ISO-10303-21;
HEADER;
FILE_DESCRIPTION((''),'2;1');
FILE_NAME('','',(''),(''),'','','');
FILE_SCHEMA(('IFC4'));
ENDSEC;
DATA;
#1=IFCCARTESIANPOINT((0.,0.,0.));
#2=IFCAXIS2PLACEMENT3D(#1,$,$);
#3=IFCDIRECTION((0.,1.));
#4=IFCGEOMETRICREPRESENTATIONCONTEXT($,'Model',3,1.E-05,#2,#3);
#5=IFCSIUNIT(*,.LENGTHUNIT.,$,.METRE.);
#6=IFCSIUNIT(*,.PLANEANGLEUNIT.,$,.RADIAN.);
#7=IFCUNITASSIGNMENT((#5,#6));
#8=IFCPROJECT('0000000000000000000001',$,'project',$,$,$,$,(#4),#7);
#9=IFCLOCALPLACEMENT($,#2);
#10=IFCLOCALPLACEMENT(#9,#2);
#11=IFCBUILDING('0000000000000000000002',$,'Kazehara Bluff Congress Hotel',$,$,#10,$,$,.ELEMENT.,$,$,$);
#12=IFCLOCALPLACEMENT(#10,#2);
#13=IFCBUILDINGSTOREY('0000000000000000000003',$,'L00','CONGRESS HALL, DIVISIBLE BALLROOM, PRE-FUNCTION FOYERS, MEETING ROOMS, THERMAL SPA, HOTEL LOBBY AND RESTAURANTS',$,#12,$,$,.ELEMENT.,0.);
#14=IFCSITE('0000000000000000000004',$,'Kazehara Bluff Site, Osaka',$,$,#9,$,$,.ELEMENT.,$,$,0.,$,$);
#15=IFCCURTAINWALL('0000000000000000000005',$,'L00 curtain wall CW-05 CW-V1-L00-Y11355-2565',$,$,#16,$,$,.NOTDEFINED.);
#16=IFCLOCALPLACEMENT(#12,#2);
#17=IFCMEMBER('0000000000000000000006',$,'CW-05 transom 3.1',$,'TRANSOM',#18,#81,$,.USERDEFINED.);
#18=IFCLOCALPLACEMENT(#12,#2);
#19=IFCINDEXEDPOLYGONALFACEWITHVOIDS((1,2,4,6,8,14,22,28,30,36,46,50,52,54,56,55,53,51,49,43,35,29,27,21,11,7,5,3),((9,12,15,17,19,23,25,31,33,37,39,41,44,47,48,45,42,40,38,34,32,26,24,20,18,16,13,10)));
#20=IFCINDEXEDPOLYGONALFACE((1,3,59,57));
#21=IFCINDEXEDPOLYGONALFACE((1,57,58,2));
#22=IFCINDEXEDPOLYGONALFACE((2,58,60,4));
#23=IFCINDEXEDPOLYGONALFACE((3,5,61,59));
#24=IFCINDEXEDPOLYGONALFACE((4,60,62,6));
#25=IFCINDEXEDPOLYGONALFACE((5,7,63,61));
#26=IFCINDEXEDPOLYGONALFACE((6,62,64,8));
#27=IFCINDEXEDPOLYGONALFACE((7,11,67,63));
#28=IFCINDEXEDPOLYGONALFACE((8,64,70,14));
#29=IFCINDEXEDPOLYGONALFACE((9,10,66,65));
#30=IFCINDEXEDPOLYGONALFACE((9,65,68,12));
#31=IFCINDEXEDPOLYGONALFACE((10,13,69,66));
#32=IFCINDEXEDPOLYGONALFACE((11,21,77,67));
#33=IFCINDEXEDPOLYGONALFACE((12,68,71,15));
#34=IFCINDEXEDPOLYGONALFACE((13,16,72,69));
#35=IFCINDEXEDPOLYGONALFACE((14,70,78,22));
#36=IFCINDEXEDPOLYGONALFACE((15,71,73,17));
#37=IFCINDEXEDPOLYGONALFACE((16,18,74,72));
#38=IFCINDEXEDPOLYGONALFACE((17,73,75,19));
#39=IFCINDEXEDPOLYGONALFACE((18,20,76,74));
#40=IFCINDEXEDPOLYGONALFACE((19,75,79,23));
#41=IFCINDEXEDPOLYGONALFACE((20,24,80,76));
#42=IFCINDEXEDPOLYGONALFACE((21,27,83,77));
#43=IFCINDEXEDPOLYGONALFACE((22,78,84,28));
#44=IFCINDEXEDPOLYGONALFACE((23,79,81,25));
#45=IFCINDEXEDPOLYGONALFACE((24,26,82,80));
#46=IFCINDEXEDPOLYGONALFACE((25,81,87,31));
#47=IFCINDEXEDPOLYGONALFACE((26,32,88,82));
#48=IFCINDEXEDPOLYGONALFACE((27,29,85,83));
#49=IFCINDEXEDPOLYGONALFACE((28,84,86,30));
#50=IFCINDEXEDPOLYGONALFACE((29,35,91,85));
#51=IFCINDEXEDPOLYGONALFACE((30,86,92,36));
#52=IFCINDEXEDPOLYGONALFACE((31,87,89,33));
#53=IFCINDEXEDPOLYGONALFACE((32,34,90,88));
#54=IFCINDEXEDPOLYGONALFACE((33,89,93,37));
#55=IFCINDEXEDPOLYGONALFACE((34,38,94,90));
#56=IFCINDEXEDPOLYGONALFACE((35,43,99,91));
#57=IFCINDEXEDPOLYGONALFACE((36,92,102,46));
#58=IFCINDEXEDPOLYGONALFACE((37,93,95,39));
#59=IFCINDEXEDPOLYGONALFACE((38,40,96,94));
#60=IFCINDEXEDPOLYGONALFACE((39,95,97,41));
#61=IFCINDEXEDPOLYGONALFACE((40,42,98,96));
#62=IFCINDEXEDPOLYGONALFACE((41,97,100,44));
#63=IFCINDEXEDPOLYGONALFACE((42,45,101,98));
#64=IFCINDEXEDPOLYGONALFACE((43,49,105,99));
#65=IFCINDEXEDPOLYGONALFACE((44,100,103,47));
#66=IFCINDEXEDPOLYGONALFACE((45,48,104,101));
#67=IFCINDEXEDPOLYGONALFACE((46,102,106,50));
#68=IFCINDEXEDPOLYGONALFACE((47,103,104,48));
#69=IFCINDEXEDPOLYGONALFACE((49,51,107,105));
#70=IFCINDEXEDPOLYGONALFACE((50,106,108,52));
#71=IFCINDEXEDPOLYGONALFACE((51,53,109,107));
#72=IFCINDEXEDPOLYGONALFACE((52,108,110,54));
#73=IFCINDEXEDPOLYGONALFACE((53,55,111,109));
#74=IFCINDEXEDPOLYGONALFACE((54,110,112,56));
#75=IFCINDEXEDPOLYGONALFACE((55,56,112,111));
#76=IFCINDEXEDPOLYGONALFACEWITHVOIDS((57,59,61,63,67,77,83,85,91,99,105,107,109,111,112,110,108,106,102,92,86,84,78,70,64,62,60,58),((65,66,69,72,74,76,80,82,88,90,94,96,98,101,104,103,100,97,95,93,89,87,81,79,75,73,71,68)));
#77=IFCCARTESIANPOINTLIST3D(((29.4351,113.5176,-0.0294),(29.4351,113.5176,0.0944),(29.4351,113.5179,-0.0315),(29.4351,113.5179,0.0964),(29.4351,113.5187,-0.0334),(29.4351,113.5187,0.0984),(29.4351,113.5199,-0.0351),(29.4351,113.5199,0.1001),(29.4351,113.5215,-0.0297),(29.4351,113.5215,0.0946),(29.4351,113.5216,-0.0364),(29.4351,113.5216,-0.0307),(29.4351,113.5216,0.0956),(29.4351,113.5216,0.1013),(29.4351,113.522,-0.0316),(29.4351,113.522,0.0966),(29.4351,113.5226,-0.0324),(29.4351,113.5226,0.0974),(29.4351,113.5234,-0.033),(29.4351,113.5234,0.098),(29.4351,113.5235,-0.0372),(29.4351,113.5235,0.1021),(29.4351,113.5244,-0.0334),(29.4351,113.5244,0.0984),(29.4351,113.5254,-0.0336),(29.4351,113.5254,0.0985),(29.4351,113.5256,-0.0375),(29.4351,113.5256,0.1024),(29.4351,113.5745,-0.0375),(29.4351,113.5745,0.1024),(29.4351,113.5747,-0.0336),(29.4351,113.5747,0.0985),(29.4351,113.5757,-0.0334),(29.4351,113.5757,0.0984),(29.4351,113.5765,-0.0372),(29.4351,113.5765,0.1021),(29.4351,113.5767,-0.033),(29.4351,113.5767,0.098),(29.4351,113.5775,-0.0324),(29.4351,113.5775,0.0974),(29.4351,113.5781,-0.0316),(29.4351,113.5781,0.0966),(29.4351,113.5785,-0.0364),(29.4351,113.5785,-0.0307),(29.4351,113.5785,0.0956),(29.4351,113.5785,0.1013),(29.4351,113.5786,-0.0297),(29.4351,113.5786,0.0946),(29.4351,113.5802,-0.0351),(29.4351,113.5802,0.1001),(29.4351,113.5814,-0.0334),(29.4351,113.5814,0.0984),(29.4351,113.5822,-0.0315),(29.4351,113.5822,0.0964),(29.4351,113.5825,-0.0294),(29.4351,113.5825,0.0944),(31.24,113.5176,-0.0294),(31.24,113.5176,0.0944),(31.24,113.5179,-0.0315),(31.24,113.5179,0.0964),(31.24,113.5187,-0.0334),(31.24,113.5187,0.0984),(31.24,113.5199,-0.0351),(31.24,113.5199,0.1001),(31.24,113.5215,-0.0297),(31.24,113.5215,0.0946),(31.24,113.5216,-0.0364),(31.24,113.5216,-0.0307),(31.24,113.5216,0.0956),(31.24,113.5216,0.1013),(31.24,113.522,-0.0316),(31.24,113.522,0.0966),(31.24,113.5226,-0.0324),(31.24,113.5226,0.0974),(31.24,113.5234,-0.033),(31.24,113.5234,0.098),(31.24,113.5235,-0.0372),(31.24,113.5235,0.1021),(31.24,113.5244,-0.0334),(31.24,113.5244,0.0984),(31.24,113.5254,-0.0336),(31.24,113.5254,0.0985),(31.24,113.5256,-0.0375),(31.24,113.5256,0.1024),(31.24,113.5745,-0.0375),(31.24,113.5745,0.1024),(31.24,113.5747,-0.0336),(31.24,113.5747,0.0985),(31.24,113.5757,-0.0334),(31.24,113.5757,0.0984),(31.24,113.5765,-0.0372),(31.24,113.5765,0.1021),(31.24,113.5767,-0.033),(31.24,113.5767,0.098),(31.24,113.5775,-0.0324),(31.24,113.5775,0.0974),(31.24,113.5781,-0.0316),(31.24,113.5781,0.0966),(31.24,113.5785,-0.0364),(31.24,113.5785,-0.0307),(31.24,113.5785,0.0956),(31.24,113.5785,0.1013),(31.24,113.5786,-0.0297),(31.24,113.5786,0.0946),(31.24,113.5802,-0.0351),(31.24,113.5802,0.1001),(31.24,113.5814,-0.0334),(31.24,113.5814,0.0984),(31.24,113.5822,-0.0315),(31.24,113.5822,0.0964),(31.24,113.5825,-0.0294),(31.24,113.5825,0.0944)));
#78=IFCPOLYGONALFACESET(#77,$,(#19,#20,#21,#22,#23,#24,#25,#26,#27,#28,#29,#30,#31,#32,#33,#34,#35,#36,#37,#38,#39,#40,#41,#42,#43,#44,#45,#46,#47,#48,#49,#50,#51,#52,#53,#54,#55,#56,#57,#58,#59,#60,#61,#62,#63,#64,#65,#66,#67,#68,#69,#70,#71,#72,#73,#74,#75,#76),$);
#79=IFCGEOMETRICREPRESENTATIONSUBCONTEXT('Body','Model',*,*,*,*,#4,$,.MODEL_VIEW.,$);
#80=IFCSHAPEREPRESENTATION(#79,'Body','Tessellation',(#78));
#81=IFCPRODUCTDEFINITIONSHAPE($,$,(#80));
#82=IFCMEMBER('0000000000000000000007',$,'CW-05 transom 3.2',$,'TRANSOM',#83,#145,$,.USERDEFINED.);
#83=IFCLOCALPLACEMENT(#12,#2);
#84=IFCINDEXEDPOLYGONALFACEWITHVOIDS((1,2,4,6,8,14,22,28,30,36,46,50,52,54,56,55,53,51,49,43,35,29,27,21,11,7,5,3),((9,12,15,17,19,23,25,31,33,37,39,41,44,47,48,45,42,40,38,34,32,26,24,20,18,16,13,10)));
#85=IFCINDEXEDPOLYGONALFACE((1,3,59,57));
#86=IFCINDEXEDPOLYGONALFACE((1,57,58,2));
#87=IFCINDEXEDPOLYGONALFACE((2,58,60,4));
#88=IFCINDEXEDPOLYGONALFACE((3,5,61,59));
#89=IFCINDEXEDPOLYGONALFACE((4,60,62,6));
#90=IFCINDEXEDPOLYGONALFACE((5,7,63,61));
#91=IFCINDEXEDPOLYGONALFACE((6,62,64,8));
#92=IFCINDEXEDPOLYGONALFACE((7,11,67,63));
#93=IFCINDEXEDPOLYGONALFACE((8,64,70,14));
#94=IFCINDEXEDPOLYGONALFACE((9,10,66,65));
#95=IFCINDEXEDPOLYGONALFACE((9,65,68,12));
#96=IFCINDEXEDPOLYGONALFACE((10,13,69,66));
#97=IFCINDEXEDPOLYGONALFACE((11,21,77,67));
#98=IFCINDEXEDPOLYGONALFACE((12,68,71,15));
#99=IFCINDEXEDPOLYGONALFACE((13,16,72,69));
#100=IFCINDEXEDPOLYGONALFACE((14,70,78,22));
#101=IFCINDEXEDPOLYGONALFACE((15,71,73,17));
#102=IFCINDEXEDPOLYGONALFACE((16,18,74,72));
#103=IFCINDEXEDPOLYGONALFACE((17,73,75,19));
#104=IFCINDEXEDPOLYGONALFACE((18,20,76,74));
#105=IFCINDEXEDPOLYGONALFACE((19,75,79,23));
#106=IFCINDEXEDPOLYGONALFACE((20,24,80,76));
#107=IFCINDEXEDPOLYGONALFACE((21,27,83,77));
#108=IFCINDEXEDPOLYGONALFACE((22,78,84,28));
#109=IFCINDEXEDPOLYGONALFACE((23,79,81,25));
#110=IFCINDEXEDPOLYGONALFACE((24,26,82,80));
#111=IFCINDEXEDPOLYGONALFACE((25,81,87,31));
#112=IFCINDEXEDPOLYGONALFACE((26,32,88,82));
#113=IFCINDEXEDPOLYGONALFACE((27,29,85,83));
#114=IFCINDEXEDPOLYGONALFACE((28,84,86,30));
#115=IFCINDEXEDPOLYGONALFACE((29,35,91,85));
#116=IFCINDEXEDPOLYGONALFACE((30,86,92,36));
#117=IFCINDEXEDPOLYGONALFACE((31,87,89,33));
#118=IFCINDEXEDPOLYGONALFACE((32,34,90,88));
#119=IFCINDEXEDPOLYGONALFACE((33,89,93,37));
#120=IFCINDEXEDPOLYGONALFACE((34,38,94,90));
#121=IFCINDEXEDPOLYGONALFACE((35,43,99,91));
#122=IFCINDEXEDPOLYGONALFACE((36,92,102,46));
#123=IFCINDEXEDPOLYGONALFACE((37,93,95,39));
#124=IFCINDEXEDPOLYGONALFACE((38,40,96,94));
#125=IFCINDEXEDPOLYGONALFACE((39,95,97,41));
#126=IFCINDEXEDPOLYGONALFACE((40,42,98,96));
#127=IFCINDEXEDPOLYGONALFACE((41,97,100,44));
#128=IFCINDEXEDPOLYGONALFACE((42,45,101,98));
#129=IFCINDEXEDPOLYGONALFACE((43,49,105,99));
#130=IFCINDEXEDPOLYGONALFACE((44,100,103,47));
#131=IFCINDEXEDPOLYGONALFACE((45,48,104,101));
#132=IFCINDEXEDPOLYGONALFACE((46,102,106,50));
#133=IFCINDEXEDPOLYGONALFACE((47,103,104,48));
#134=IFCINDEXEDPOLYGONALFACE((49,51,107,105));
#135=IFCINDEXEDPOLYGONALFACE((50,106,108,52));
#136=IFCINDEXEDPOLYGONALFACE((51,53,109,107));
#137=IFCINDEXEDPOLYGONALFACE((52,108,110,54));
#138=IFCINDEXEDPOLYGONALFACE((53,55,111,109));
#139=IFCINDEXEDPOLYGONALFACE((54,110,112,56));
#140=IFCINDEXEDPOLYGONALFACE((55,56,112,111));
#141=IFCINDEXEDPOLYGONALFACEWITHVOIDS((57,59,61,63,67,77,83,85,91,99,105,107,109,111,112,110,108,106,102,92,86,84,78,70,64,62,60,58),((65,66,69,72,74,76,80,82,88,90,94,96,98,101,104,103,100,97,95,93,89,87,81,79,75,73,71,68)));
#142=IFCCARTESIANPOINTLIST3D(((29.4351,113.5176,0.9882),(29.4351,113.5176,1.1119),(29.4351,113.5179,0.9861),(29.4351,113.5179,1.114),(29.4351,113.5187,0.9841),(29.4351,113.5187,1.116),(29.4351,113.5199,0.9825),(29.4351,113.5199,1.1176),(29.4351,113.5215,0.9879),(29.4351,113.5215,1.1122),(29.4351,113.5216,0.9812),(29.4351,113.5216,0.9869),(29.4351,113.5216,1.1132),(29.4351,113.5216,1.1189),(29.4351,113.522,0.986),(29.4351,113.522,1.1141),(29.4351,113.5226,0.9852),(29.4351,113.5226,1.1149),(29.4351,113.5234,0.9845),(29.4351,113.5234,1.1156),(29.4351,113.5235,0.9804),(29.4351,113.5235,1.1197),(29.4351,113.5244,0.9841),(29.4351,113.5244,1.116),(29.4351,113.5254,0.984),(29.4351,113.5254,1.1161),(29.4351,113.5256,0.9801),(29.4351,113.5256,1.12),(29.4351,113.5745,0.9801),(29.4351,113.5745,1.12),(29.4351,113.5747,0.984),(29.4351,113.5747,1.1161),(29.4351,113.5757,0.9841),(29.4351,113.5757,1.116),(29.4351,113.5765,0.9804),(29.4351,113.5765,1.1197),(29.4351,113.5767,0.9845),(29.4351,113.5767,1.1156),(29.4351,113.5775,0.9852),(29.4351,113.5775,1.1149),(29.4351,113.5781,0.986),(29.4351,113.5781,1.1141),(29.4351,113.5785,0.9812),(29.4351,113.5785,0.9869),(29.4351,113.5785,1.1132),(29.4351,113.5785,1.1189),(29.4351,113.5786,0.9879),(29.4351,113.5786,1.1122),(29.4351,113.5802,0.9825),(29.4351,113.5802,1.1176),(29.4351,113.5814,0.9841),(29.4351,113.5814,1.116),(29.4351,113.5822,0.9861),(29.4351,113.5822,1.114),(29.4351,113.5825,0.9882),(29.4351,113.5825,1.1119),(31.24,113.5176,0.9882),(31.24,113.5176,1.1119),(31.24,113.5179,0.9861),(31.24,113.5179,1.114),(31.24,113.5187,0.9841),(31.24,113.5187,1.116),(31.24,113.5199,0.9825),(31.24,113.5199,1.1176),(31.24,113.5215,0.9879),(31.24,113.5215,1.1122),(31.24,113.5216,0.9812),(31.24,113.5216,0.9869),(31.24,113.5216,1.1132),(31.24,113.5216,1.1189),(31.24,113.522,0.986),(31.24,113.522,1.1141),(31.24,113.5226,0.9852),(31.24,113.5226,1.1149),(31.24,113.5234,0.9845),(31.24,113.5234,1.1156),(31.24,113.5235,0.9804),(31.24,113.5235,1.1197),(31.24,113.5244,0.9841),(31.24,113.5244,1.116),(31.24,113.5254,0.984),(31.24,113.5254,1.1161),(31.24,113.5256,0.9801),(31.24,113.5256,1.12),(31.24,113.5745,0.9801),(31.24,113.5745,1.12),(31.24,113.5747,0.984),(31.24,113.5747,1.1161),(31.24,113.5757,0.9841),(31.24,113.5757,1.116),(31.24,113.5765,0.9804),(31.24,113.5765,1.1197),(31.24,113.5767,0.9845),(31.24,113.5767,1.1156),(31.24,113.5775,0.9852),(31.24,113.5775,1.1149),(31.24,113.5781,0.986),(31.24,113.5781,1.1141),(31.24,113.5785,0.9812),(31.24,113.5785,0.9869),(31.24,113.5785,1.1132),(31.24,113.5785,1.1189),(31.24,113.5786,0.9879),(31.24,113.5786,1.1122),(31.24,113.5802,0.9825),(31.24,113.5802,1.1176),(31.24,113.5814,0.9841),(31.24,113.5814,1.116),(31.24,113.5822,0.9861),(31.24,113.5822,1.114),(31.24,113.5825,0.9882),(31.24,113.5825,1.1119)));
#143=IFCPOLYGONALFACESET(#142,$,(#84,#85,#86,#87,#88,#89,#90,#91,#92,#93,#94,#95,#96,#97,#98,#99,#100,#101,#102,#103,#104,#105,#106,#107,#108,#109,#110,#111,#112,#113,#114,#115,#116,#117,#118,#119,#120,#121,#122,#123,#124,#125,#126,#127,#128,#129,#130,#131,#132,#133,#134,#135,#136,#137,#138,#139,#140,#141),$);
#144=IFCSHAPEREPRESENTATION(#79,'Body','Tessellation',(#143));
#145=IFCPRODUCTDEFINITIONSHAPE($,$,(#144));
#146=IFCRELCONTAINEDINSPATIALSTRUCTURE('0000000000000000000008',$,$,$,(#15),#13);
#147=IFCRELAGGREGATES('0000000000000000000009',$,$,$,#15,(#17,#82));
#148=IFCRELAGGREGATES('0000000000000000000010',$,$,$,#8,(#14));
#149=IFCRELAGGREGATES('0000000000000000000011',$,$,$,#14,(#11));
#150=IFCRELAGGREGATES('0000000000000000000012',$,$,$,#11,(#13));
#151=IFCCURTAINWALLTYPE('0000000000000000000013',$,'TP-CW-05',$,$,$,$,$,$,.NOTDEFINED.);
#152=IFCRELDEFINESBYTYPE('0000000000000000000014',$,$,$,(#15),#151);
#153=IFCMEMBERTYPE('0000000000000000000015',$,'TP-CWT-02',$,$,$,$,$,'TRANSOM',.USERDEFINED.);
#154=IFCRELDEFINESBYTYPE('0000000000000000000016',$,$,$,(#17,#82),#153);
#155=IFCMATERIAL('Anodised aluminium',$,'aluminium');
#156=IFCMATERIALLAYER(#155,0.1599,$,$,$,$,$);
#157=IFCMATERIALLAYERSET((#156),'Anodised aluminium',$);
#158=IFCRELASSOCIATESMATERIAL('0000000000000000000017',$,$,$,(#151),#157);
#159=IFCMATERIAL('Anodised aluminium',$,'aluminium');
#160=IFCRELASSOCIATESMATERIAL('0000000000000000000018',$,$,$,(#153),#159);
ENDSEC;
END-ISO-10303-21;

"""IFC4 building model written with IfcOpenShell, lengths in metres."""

from ifc_helpers import new_model, si_unit, direction, frame, origin, origin_2d, place, context, subcontext, project, spatial, hollow_rectangle, extrude, material, layer, layer_set, material_profile, profile_set, type_object, element, aggregate, save


model = new_model("IFC4")

# Units and contexts
model_context = context("Model", 3, precision=1e-05, world=origin(), true_north=direction((0.0, 1.0)))
body_context = subcontext(model_context, "Body", "Model", "MODEL_VIEW")
ifc_project = project(units=[si_unit("LENGTHUNIT", "METRE"), si_unit("PLANEANGLEUNIT", "RADIAN")], contexts=[model_context])

# Site, building, storey
site_placement = place(None, origin())
site = spatial("IfcSite", under=ifc_project, at=site_placement, Name="Kazehara Bluff Site, Osaka", CompositionType="ELEMENT", RefElevation=0.0)
building_placement = place(site_placement, origin())
building = spatial("IfcBuilding", under=site, at=building_placement, Name="Kazehara Bluff Congress Hotel", CompositionType="ELEMENT")
storey_placement = place(building_placement, origin())
storey = spatial("IfcBuildingStorey", under=building, at=storey_placement, Name="L00", Description="CONGRESS HALL, DIVISIBLE BALLROOM, PRE-FUNCTION FOYERS, MEETING ROOMS, THERMAL SPA, HOTEL LOBBY AND RESTAURANTS", CompositionType="ELEMENT", Elevation=0.0)

# Curtain wall
ifc_material_1 = material(Name="Anodised aluminium", Category="aluminium")
ifc_layer_1 = layer(ifc_material_1, 0.1599)
ifc_layer_set_1 = layer_set([ifc_layer_1], Name="Anodised aluminium")
curtain_wall_type_1 = type_object("IfcCurtainWallType", Name="TP-CW-05", PredefinedType="NOTDEFINED", material=ifc_layer_set_1)
curtain_wall_1_placement = place(storey_placement, origin())
curtain_wall_1 = element("IfcCurtainWall", 1, at=curtain_wall_1_placement, inside=storey, type_object=curtain_wall_type_1, Name="L00 curtain wall CW-05 CW-V1-L00-Y11355-2565", PredefinedType="NOTDEFINED")

# Members
ifc_material_2 = material(Name="Anodised aluminium", Category="aluminium")
ifc_material_profile_1 = material_profile(ifc_material_2, hollow_rectangle(XDim=0.0649, YDim=0.1399, WallThickness=0.0039, InnerFilletRadius=0.0039, OuterFilletRadius=0.0081, at=origin_2d()))
ifc_profile_set_1 = profile_set([ifc_material_profile_1], Name="Anodised aluminium")
member_type_1 = type_object("IfcMemberType", Name="TP-CWT-02", ElementType="TRANSOM", PredefinedType="USERDEFINED", material=ifc_profile_set_1)
member_1_placement = place(storey_placement, frame((29.4351, 113.55, 0.0325), z_axis=(1.0, 0.0, 0.0), x_axis=(0.0, 1.0, 0.0)))
member_1 = element("IfcMember", 2, at=member_1_placement, type_object=member_type_1, Name="CW-05 transom 3.1", ObjectType="TRANSOM", PredefinedType="USERDEFINED", context=body_context, shape_type="SweptSolid", body=[
    extrude(hollow_rectangle(XDim=0.0649, YDim=0.1399, WallThickness=0.0039, InnerFilletRadius=0.0039, OuterFilletRadius=0.0081, at=origin_2d()), origin(), (0.0, 0.0, 1.0), 1.8049),
])
member_2_placement = place(storey_placement, frame((29.4351, 113.55, 1.05), z_axis=(1.0, 0.0, 0.0), x_axis=(0.0, 1.0, 0.0)))
member_2 = element("IfcMember", 3, at=member_2_placement, type_object=member_type_1, Name="CW-05 transom 3.2", ObjectType="TRANSOM", PredefinedType="USERDEFINED", context=body_context, shape_type="SweptSolid", body=[
    extrude(hollow_rectangle(XDim=0.0649, YDim=0.1399, WallThickness=0.0039, InnerFilletRadius=0.0039, OuterFilletRadius=0.0081, at=origin_2d()), origin(), (0.0, 0.0, 1.0), 1.8049),
])

aggregate(curtain_wall_1, [member_1, member_2])

save(model, "model.ifc")
